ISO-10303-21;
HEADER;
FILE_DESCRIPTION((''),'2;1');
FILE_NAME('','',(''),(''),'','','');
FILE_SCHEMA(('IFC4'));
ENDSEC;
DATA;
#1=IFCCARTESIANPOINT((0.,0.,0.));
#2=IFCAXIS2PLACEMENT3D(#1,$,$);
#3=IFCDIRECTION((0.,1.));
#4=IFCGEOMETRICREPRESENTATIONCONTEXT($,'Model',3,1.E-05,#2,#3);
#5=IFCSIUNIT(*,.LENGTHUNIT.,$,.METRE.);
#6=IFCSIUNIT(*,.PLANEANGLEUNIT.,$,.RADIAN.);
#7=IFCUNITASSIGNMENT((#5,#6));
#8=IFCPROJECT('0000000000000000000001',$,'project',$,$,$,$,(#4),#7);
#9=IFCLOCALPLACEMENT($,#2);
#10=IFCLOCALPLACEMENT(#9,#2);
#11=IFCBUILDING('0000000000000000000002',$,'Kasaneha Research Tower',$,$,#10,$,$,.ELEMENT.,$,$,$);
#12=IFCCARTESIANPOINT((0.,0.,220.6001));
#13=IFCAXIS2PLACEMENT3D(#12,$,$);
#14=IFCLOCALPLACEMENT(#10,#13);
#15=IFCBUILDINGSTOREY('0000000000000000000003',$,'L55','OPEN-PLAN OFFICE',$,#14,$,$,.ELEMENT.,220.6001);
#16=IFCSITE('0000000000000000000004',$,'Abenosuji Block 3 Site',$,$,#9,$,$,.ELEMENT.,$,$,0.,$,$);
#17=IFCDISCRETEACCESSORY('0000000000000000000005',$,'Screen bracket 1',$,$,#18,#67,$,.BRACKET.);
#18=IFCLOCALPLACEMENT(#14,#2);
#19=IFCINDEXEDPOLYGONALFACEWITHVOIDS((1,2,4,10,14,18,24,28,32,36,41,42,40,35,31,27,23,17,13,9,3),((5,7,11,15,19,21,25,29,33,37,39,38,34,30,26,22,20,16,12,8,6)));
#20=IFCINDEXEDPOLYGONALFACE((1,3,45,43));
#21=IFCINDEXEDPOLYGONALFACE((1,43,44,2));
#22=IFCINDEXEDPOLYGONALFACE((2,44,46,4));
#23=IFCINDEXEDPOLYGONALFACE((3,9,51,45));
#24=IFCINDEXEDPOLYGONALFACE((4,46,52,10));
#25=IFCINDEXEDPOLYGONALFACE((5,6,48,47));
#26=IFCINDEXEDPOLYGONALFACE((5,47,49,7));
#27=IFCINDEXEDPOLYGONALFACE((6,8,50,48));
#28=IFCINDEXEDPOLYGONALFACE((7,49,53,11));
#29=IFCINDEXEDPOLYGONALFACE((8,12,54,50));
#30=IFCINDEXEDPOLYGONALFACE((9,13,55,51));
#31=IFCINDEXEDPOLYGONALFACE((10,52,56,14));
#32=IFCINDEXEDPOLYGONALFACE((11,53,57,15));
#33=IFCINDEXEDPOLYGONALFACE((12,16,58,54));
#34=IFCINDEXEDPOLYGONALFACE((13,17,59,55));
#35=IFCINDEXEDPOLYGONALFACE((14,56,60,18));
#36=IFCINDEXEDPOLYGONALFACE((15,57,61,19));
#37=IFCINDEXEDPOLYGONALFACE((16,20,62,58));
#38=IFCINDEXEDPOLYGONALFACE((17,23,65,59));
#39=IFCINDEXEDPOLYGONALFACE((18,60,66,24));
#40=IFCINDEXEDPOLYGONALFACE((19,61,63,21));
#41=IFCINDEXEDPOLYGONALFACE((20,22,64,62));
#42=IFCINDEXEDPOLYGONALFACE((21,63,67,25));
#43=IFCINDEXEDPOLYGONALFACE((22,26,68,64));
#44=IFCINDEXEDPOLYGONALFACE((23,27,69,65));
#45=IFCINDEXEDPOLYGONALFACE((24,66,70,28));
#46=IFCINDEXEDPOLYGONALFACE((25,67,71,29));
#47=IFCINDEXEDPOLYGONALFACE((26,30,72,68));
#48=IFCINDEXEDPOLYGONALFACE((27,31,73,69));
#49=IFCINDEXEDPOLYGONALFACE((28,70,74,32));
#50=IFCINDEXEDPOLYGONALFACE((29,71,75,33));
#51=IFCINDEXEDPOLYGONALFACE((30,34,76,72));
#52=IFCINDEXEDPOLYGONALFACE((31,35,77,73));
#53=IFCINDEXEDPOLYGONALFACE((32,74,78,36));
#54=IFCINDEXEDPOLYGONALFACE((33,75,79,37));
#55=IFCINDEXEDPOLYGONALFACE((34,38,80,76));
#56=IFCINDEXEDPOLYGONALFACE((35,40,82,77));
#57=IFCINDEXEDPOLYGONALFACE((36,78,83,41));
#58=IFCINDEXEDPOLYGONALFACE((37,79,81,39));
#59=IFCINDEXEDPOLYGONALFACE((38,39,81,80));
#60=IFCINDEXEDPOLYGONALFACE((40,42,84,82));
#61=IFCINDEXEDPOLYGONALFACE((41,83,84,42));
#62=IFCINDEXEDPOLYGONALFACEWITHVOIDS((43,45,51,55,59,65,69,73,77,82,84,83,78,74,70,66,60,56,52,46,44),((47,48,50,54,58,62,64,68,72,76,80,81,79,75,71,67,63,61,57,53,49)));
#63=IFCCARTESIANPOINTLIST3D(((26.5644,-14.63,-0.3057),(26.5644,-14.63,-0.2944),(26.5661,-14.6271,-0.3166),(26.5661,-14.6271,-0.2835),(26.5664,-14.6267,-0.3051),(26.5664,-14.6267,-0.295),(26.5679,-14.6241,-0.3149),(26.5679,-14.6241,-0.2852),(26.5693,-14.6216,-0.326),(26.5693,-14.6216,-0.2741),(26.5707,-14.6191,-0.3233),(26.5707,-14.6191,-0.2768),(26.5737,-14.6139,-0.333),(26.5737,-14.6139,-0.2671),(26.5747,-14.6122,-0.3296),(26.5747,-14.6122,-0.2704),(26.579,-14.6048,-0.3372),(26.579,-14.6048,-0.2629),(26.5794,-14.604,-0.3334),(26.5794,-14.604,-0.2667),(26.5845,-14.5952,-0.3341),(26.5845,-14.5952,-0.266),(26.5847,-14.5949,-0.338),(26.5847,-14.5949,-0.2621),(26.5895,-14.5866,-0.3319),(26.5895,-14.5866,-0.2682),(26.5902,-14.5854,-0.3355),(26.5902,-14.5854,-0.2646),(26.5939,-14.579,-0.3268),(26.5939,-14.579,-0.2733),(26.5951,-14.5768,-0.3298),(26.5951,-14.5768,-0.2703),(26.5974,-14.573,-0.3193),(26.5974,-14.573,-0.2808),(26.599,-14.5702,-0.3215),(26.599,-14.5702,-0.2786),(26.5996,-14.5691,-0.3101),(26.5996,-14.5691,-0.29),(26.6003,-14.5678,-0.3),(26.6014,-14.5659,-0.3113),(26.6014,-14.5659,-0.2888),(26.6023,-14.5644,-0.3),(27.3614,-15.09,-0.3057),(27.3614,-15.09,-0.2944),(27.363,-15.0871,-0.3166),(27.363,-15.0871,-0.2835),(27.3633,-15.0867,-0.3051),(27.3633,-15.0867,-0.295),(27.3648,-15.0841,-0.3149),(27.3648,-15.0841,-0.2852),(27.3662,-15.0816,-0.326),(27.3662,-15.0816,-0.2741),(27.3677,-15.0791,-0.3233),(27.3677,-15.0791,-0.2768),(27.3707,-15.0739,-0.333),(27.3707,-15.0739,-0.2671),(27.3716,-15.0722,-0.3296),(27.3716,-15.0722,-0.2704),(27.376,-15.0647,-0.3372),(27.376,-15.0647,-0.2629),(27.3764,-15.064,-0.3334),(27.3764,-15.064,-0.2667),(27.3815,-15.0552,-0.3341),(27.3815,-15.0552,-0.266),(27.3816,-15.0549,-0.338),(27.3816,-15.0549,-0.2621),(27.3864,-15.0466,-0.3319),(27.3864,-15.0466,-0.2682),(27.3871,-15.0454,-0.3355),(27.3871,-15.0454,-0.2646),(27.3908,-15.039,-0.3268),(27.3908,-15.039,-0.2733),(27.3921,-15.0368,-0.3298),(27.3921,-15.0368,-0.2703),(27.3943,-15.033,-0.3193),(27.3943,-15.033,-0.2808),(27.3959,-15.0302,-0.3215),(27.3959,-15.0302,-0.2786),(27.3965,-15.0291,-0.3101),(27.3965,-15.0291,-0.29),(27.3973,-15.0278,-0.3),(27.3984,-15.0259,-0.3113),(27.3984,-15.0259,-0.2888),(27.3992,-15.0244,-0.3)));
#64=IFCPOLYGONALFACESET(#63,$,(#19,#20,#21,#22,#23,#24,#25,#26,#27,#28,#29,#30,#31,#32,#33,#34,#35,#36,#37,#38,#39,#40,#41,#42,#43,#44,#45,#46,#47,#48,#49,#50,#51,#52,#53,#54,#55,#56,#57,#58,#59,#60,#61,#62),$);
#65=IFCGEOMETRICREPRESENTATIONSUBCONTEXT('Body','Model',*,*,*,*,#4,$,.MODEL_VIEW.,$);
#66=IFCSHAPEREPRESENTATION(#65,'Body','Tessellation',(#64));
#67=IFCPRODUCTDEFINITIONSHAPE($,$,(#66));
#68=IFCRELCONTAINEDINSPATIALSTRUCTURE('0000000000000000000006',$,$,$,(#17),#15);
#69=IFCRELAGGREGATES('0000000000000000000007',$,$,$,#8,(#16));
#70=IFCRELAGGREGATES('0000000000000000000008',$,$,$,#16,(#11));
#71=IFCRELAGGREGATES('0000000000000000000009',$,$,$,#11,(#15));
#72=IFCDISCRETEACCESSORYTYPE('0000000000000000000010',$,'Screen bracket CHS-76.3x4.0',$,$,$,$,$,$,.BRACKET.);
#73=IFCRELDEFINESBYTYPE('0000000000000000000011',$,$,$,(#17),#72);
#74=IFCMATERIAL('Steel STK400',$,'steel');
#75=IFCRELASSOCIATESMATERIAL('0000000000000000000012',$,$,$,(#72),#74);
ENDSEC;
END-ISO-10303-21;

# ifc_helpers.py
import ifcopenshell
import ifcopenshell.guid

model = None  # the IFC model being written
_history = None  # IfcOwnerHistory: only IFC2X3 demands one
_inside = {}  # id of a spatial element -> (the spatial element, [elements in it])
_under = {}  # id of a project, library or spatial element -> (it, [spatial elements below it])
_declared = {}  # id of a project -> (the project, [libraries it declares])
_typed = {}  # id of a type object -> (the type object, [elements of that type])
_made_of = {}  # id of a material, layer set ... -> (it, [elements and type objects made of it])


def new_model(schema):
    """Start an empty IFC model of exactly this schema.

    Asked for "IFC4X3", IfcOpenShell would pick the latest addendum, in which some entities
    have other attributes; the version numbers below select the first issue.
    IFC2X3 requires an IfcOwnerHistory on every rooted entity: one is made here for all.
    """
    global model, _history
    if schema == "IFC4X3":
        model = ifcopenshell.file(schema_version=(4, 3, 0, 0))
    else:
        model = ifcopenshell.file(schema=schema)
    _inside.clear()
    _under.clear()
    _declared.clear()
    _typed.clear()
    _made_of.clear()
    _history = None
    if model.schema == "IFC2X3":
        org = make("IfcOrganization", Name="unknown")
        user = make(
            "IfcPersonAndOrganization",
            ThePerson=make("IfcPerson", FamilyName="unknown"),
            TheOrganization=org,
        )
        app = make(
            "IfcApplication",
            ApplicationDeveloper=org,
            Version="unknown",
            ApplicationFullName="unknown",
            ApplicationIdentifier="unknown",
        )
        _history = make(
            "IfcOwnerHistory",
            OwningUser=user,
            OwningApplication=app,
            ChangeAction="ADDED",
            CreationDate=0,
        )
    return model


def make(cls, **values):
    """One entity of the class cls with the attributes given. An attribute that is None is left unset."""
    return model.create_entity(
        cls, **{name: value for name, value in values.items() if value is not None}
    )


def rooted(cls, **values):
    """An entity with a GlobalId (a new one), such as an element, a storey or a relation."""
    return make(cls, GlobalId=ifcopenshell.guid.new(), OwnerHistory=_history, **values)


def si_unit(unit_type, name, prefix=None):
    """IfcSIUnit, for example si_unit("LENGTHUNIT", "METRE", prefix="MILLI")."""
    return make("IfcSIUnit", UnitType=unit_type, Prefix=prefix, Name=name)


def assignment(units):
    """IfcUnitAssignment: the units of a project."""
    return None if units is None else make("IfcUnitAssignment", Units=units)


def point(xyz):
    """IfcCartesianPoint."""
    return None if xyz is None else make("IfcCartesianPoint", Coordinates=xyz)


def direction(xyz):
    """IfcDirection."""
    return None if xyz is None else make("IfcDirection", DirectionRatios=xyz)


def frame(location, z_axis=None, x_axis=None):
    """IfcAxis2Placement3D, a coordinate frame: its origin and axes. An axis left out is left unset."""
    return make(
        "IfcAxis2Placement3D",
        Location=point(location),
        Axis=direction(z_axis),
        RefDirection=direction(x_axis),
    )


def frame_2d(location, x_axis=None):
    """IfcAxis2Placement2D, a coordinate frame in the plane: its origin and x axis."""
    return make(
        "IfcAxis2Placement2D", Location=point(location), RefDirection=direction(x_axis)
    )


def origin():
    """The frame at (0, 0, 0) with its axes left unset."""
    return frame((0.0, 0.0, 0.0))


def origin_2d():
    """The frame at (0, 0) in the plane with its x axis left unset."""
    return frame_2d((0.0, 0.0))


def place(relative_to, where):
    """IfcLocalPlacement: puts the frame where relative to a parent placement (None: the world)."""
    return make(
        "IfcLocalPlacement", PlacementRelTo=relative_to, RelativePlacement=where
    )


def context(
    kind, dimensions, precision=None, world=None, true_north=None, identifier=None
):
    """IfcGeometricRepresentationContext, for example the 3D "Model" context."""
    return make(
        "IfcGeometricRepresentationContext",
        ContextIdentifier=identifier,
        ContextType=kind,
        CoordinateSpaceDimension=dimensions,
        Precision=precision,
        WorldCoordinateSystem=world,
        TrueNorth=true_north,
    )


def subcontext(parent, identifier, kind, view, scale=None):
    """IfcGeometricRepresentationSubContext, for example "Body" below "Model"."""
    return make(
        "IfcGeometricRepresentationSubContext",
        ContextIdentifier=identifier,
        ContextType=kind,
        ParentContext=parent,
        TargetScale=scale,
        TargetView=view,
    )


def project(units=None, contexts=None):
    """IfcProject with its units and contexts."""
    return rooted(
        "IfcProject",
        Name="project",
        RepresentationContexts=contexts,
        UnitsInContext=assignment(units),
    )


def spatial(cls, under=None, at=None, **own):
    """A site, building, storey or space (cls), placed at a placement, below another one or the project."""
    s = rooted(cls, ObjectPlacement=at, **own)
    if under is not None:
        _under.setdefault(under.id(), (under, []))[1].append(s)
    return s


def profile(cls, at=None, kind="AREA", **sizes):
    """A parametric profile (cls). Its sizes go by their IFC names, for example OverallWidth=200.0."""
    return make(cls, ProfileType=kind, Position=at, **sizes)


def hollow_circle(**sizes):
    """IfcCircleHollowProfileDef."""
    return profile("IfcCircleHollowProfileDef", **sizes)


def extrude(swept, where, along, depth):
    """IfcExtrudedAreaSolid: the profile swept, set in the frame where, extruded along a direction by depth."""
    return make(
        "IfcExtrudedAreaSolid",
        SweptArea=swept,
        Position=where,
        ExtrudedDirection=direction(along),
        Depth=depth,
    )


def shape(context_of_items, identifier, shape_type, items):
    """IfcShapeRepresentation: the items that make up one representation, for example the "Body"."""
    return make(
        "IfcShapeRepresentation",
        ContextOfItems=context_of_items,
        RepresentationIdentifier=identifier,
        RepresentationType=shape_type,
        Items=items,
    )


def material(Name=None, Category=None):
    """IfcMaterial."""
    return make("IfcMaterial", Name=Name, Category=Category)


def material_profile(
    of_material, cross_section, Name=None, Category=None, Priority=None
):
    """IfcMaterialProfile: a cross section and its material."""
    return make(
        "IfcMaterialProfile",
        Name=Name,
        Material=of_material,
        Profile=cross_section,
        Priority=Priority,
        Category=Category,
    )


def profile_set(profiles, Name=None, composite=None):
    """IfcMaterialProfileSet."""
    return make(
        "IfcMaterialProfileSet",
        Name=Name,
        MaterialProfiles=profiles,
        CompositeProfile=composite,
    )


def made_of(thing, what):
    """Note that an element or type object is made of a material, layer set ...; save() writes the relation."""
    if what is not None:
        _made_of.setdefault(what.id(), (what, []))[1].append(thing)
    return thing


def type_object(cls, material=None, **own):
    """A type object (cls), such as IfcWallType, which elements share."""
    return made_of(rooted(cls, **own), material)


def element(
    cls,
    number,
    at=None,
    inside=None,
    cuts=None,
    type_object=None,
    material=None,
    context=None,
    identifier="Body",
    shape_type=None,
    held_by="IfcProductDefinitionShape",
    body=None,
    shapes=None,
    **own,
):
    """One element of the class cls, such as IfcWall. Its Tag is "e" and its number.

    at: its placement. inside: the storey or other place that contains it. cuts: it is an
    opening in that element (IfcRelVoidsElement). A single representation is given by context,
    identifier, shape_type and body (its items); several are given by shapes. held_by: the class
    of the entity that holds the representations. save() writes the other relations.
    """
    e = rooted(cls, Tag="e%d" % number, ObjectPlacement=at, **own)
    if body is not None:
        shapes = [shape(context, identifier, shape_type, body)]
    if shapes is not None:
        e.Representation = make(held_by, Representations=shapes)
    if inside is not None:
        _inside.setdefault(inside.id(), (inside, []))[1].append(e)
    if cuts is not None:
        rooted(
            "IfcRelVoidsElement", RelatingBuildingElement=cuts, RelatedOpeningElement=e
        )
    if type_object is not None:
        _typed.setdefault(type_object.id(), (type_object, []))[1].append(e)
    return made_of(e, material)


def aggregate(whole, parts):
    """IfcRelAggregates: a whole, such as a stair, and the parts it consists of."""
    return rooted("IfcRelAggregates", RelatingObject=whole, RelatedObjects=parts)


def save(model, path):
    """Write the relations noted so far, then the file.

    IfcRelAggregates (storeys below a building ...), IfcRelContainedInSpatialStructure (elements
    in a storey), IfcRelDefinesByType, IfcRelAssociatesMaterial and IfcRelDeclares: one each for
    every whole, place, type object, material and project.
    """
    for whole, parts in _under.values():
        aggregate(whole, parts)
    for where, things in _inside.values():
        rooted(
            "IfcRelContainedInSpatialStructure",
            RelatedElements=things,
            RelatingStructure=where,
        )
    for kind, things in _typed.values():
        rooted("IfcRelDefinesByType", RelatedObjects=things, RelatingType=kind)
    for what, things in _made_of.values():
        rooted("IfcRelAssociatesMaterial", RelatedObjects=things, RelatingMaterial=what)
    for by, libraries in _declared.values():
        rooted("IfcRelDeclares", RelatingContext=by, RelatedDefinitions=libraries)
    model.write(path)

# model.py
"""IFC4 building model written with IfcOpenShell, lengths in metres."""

from ifc_helpers import new_model, si_unit, direction, frame, origin, origin_2d, place, context, subcontext, project, spatial, hollow_circle, extrude, material, material_profile, profile_set, type_object, element, save


model = new_model("IFC4")

# Units and contexts
model_context = context("Model", 3, precision=1e-05, world=origin(), true_north=direction((0.0, 1.0)))
body_context = subcontext(model_context, "Body", "Model", "MODEL_VIEW")
ifc_project = project(units=[si_unit("LENGTHUNIT", "METRE"), si_unit("PLANEANGLEUNIT", "RADIAN")], contexts=[model_context])

# Site, building, storey
site_placement = place(None, origin())
site = spatial("IfcSite", under=ifc_project, at=site_placement, Name="Abenosuji Block 3 Site", CompositionType="ELEMENT", RefElevation=0.0)
building_placement = place(site_placement, origin())
building = spatial("IfcBuilding", under=site, at=building_placement, Name="Kasaneha Research Tower", CompositionType="ELEMENT")
storey_placement = place(building_placement, frame((0.0, 0.0, 220.6001)))
storey = spatial("IfcBuildingStorey", under=building, at=storey_placement, Name="L55", Description="OPEN-PLAN OFFICE", CompositionType="ELEMENT", Elevation=220.6001)

# Discrete accessory
ifc_material_1 = material(Name="Steel STK400", Category="steel")
ifc_material_profile_1 = material_profile(ifc_material_1, hollow_circle(Radius=0.0381, WallThickness=0.0039, at=origin_2d()), Name="CHS-76.3x4.0")
ifc_profile_set_1 = profile_set([ifc_material_profile_1], Name="Steel STK400")
discrete_accessory_type = type_object("IfcDiscreteAccessoryType", Name="Screen bracket CHS-76.3x4.0", PredefinedType="BRACKET", material=ifc_profile_set_1)
discrete_accessory_1_placement = place(storey_placement, frame((26.5833, -14.5974, -0.3), z_axis=(0.86608, -0.499906, 0.0), x_axis=(0.499906, 0.86608, 0.0)))
element("IfcDiscreteAccessory", 1, at=discrete_accessory_1_placement, inside=storey, type_object=discrete_accessory_type, Name="Screen bracket 1", PredefinedType="BRACKET", context=body_context, shape_type="SweptSolid", body=[
    extrude(hollow_circle(Radius=0.0381, WallThickness=0.0039, at=origin_2d()), origin(), (0.0, 0.0, 1.0), 0.9202),
])

save(model, "model.ifc")
